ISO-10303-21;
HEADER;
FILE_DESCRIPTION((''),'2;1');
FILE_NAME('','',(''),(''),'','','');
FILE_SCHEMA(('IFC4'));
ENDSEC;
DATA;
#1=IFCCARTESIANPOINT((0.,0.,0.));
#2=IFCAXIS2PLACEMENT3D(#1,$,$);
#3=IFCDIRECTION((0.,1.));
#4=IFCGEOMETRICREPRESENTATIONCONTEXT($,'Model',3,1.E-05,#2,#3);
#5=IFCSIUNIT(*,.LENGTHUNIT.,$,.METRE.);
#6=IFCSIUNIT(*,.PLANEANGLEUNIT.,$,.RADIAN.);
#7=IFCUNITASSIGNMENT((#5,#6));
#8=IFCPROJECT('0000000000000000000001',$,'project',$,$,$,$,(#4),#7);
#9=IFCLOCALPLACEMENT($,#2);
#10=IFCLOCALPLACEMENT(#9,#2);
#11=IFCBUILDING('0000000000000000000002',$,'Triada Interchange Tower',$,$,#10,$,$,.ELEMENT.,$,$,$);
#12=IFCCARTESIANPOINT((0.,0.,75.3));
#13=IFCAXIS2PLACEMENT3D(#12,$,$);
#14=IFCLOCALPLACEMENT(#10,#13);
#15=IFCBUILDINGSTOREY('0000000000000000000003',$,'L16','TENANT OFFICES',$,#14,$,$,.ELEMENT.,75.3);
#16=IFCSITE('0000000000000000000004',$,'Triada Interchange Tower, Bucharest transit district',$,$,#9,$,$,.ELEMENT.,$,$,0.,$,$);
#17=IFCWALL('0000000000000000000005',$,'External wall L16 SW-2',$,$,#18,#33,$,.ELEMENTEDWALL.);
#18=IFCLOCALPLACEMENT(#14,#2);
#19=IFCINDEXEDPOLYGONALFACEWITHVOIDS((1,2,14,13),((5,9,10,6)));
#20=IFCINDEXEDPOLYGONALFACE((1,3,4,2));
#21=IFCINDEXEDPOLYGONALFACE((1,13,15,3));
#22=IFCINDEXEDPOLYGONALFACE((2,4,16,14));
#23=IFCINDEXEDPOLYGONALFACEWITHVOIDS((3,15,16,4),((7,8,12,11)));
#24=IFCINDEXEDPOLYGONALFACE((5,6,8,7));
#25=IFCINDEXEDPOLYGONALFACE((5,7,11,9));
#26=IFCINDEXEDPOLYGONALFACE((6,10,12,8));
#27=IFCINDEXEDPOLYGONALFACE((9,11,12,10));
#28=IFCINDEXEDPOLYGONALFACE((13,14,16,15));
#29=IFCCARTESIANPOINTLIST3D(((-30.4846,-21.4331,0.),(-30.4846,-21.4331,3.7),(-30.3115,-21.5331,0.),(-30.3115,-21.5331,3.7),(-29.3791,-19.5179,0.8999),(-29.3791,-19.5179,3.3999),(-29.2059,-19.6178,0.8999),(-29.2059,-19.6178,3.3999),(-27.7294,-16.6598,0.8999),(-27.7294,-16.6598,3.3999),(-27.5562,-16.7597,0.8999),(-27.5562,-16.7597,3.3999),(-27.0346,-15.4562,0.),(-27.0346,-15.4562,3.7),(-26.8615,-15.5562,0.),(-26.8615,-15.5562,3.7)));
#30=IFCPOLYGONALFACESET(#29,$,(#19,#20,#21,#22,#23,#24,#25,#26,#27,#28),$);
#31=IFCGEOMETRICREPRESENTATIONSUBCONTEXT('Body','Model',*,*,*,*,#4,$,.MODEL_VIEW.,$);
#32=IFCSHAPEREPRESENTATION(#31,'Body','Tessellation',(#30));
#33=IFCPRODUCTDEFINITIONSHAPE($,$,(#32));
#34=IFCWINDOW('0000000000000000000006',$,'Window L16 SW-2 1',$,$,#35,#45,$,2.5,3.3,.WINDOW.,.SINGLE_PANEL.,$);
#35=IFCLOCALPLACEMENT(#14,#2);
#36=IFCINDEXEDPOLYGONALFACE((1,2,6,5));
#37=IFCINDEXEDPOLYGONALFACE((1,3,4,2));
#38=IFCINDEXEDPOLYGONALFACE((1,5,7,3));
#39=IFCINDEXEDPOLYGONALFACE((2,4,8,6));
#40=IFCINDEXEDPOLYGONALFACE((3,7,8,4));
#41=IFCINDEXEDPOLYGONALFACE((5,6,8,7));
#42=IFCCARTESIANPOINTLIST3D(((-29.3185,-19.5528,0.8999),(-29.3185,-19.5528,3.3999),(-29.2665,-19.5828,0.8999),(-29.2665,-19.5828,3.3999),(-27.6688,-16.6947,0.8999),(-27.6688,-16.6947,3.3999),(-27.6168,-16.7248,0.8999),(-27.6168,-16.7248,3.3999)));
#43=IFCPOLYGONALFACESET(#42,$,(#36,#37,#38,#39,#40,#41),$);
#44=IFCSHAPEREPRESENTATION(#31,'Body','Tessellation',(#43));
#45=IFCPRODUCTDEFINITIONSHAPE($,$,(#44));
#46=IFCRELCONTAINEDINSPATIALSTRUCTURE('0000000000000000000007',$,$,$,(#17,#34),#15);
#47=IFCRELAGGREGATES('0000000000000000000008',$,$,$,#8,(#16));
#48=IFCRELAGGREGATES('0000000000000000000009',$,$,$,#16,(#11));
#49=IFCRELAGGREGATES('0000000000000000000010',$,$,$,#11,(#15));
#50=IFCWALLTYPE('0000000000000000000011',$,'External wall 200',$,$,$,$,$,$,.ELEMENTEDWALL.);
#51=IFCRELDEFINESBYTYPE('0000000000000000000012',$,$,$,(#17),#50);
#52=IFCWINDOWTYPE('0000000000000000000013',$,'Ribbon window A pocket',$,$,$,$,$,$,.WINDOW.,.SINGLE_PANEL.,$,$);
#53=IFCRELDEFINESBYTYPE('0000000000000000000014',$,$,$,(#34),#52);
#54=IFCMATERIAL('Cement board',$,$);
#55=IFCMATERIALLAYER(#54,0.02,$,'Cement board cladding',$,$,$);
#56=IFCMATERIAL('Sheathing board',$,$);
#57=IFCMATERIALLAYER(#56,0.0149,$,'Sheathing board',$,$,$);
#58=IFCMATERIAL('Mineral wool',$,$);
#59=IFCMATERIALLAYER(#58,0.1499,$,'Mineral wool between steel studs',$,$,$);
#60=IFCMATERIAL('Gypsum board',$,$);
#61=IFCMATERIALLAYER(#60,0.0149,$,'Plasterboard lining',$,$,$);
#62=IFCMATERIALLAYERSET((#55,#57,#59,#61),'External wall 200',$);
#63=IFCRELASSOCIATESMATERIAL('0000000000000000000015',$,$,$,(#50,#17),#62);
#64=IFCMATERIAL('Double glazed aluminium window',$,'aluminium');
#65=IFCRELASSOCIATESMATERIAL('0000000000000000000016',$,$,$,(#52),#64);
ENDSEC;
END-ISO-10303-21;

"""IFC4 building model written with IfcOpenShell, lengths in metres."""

from ifc_helpers import new_model, si_unit, direction, frame, frame_2d, origin, place, context, subcontext, project, spatial, rectangle, extrude, material, layer, layer_set, layer_usage, type_object, element, fill, save


model = new_model("IFC4")

# Units and contexts
model_context = context("Model", 3, precision=1e-05, world=origin(), true_north=direction((0.0, 1.0)))
body_context = subcontext(model_context, "Body", "Model", "MODEL_VIEW")
ifc_project = project(units=[si_unit("LENGTHUNIT", "METRE"), si_unit("PLANEANGLEUNIT", "RADIAN")], contexts=[model_context])

# Site, building, storey
site_placement = place(None, origin())
site = spatial("IfcSite", under=ifc_project, at=site_placement, Name="Triada Interchange Tower, Bucharest transit district", CompositionType="ELEMENT", RefElevation=0.0)
building_placement = place(site_placement, origin())
building = spatial("IfcBuilding", under=site, at=building_placement, Name="Triada Interchange Tower", CompositionType="ELEMENT")
storey_placement = place(building_placement, frame((0.0, 0.0, 75.3)))
storey = spatial("IfcBuildingStorey", under=building, at=storey_placement, Name="L16", Description="TENANT OFFICES", CompositionType="ELEMENT", Elevation=75.3)

# Wall, opening, window
ifc_material_1 = material(Name="Cement board")
ifc_layer_1 = layer(ifc_material_1, 0.02, Name="Cement board cladding")
ifc_material_2 = material(Name="Sheathing board")
ifc_layer_2 = layer(ifc_material_2, 0.0149, Name="Sheathing board")
ifc_material_3 = material(Name="Mineral wool")
ifc_layer_3 = layer(ifc_material_3, 0.1499, Name="Mineral wool between steel studs")
ifc_material_4 = material(Name="Gypsum board")
ifc_layer_4 = layer(ifc_material_4, 0.0149, Name="Plasterboard lining")
ifc_layer_set_1 = layer_set([ifc_layer_1, ifc_layer_2, ifc_layer_3, ifc_layer_4], Name="External wall 200")
ifc_layer_usage = layer_usage(ifc_layer_set_1, "AXIS2", "POSITIVE", -0.1001)
wall_type_1 = type_object("IfcWallType", Name="External wall 200", PredefinedType="ELEMENTEDWALL", material=ifc_layer_set_1)
ifc_material_5 = material(Name="Double glazed aluminium window", Category="aluminium")
window_type_1 = type_object("IfcWindowType", Name="Ribbon window A pocket", PartitioningType="SINGLE_PANEL", PredefinedType="WINDOW", material=ifc_material_5)
wall_1_placement = place(storey_placement, frame((-26.948, -15.5061, 0.0), z_axis=(0.0, 0.0, 1.0), x_axis=(-0.499917, -0.866073, 0.0)))
wall_1 = element("IfcWall", 1, at=wall_1_placement, inside=storey, type_object=wall_type_1, material=ifc_layer_usage, Name="External wall L16 SW-2", PredefinedType="ELEMENTEDWALL", context=body_context, shape_type="SweptSolid", body=[
    extrude(rectangle(XDim=6.9011, YDim=0.2, at=frame_2d((3.4507, 0.0))), origin(), (0.0, 0.0, 1.0), 3.7),
])
opening_1_placement = place(wall_1_placement, frame((1.3899, 0.0, 0.8999)))
opening_1 = element("IfcOpeningElement", 2, at=opening_1_placement, cuts=wall_1, PredefinedType="OPENING", context=body_context, shape_type="SweptSolid", body=[
    extrude(rectangle(XDim=3.3, YDim=2.5, at=frame_2d((1.6499, 1.25))), frame((0.0, 0.1099, 0.0), z_axis=(0.0, -1.0, 0.0), x_axis=(1.0, 0.0, 0.0)), (0.0, 0.0, 1.0), 0.22),
])
window_1_placement = place(opening_1_placement, origin())
window_1 = element("IfcWindow", 3, at=window_1_placement, inside=storey, type_object=window_type_1, Name="Window L16 SW-2 1", OverallHeight=2.5, OverallWidth=3.3, PartitioningType="SINGLE_PANEL", PredefinedType="WINDOW", context=body_context, shape_type="SweptSolid", body=[
    extrude(rectangle(XDim=3.3, YDim=2.5, at=frame_2d((1.6499, 1.25))), frame((0.0, 0.03, 0.0), z_axis=(0.0, -1.0, 0.0), x_axis=(1.0, 0.0, 0.0)), (0.0, 0.0, 1.0), 0.0601),
])
fill(opening_1, window_1)

save(model, "model.ifc")
